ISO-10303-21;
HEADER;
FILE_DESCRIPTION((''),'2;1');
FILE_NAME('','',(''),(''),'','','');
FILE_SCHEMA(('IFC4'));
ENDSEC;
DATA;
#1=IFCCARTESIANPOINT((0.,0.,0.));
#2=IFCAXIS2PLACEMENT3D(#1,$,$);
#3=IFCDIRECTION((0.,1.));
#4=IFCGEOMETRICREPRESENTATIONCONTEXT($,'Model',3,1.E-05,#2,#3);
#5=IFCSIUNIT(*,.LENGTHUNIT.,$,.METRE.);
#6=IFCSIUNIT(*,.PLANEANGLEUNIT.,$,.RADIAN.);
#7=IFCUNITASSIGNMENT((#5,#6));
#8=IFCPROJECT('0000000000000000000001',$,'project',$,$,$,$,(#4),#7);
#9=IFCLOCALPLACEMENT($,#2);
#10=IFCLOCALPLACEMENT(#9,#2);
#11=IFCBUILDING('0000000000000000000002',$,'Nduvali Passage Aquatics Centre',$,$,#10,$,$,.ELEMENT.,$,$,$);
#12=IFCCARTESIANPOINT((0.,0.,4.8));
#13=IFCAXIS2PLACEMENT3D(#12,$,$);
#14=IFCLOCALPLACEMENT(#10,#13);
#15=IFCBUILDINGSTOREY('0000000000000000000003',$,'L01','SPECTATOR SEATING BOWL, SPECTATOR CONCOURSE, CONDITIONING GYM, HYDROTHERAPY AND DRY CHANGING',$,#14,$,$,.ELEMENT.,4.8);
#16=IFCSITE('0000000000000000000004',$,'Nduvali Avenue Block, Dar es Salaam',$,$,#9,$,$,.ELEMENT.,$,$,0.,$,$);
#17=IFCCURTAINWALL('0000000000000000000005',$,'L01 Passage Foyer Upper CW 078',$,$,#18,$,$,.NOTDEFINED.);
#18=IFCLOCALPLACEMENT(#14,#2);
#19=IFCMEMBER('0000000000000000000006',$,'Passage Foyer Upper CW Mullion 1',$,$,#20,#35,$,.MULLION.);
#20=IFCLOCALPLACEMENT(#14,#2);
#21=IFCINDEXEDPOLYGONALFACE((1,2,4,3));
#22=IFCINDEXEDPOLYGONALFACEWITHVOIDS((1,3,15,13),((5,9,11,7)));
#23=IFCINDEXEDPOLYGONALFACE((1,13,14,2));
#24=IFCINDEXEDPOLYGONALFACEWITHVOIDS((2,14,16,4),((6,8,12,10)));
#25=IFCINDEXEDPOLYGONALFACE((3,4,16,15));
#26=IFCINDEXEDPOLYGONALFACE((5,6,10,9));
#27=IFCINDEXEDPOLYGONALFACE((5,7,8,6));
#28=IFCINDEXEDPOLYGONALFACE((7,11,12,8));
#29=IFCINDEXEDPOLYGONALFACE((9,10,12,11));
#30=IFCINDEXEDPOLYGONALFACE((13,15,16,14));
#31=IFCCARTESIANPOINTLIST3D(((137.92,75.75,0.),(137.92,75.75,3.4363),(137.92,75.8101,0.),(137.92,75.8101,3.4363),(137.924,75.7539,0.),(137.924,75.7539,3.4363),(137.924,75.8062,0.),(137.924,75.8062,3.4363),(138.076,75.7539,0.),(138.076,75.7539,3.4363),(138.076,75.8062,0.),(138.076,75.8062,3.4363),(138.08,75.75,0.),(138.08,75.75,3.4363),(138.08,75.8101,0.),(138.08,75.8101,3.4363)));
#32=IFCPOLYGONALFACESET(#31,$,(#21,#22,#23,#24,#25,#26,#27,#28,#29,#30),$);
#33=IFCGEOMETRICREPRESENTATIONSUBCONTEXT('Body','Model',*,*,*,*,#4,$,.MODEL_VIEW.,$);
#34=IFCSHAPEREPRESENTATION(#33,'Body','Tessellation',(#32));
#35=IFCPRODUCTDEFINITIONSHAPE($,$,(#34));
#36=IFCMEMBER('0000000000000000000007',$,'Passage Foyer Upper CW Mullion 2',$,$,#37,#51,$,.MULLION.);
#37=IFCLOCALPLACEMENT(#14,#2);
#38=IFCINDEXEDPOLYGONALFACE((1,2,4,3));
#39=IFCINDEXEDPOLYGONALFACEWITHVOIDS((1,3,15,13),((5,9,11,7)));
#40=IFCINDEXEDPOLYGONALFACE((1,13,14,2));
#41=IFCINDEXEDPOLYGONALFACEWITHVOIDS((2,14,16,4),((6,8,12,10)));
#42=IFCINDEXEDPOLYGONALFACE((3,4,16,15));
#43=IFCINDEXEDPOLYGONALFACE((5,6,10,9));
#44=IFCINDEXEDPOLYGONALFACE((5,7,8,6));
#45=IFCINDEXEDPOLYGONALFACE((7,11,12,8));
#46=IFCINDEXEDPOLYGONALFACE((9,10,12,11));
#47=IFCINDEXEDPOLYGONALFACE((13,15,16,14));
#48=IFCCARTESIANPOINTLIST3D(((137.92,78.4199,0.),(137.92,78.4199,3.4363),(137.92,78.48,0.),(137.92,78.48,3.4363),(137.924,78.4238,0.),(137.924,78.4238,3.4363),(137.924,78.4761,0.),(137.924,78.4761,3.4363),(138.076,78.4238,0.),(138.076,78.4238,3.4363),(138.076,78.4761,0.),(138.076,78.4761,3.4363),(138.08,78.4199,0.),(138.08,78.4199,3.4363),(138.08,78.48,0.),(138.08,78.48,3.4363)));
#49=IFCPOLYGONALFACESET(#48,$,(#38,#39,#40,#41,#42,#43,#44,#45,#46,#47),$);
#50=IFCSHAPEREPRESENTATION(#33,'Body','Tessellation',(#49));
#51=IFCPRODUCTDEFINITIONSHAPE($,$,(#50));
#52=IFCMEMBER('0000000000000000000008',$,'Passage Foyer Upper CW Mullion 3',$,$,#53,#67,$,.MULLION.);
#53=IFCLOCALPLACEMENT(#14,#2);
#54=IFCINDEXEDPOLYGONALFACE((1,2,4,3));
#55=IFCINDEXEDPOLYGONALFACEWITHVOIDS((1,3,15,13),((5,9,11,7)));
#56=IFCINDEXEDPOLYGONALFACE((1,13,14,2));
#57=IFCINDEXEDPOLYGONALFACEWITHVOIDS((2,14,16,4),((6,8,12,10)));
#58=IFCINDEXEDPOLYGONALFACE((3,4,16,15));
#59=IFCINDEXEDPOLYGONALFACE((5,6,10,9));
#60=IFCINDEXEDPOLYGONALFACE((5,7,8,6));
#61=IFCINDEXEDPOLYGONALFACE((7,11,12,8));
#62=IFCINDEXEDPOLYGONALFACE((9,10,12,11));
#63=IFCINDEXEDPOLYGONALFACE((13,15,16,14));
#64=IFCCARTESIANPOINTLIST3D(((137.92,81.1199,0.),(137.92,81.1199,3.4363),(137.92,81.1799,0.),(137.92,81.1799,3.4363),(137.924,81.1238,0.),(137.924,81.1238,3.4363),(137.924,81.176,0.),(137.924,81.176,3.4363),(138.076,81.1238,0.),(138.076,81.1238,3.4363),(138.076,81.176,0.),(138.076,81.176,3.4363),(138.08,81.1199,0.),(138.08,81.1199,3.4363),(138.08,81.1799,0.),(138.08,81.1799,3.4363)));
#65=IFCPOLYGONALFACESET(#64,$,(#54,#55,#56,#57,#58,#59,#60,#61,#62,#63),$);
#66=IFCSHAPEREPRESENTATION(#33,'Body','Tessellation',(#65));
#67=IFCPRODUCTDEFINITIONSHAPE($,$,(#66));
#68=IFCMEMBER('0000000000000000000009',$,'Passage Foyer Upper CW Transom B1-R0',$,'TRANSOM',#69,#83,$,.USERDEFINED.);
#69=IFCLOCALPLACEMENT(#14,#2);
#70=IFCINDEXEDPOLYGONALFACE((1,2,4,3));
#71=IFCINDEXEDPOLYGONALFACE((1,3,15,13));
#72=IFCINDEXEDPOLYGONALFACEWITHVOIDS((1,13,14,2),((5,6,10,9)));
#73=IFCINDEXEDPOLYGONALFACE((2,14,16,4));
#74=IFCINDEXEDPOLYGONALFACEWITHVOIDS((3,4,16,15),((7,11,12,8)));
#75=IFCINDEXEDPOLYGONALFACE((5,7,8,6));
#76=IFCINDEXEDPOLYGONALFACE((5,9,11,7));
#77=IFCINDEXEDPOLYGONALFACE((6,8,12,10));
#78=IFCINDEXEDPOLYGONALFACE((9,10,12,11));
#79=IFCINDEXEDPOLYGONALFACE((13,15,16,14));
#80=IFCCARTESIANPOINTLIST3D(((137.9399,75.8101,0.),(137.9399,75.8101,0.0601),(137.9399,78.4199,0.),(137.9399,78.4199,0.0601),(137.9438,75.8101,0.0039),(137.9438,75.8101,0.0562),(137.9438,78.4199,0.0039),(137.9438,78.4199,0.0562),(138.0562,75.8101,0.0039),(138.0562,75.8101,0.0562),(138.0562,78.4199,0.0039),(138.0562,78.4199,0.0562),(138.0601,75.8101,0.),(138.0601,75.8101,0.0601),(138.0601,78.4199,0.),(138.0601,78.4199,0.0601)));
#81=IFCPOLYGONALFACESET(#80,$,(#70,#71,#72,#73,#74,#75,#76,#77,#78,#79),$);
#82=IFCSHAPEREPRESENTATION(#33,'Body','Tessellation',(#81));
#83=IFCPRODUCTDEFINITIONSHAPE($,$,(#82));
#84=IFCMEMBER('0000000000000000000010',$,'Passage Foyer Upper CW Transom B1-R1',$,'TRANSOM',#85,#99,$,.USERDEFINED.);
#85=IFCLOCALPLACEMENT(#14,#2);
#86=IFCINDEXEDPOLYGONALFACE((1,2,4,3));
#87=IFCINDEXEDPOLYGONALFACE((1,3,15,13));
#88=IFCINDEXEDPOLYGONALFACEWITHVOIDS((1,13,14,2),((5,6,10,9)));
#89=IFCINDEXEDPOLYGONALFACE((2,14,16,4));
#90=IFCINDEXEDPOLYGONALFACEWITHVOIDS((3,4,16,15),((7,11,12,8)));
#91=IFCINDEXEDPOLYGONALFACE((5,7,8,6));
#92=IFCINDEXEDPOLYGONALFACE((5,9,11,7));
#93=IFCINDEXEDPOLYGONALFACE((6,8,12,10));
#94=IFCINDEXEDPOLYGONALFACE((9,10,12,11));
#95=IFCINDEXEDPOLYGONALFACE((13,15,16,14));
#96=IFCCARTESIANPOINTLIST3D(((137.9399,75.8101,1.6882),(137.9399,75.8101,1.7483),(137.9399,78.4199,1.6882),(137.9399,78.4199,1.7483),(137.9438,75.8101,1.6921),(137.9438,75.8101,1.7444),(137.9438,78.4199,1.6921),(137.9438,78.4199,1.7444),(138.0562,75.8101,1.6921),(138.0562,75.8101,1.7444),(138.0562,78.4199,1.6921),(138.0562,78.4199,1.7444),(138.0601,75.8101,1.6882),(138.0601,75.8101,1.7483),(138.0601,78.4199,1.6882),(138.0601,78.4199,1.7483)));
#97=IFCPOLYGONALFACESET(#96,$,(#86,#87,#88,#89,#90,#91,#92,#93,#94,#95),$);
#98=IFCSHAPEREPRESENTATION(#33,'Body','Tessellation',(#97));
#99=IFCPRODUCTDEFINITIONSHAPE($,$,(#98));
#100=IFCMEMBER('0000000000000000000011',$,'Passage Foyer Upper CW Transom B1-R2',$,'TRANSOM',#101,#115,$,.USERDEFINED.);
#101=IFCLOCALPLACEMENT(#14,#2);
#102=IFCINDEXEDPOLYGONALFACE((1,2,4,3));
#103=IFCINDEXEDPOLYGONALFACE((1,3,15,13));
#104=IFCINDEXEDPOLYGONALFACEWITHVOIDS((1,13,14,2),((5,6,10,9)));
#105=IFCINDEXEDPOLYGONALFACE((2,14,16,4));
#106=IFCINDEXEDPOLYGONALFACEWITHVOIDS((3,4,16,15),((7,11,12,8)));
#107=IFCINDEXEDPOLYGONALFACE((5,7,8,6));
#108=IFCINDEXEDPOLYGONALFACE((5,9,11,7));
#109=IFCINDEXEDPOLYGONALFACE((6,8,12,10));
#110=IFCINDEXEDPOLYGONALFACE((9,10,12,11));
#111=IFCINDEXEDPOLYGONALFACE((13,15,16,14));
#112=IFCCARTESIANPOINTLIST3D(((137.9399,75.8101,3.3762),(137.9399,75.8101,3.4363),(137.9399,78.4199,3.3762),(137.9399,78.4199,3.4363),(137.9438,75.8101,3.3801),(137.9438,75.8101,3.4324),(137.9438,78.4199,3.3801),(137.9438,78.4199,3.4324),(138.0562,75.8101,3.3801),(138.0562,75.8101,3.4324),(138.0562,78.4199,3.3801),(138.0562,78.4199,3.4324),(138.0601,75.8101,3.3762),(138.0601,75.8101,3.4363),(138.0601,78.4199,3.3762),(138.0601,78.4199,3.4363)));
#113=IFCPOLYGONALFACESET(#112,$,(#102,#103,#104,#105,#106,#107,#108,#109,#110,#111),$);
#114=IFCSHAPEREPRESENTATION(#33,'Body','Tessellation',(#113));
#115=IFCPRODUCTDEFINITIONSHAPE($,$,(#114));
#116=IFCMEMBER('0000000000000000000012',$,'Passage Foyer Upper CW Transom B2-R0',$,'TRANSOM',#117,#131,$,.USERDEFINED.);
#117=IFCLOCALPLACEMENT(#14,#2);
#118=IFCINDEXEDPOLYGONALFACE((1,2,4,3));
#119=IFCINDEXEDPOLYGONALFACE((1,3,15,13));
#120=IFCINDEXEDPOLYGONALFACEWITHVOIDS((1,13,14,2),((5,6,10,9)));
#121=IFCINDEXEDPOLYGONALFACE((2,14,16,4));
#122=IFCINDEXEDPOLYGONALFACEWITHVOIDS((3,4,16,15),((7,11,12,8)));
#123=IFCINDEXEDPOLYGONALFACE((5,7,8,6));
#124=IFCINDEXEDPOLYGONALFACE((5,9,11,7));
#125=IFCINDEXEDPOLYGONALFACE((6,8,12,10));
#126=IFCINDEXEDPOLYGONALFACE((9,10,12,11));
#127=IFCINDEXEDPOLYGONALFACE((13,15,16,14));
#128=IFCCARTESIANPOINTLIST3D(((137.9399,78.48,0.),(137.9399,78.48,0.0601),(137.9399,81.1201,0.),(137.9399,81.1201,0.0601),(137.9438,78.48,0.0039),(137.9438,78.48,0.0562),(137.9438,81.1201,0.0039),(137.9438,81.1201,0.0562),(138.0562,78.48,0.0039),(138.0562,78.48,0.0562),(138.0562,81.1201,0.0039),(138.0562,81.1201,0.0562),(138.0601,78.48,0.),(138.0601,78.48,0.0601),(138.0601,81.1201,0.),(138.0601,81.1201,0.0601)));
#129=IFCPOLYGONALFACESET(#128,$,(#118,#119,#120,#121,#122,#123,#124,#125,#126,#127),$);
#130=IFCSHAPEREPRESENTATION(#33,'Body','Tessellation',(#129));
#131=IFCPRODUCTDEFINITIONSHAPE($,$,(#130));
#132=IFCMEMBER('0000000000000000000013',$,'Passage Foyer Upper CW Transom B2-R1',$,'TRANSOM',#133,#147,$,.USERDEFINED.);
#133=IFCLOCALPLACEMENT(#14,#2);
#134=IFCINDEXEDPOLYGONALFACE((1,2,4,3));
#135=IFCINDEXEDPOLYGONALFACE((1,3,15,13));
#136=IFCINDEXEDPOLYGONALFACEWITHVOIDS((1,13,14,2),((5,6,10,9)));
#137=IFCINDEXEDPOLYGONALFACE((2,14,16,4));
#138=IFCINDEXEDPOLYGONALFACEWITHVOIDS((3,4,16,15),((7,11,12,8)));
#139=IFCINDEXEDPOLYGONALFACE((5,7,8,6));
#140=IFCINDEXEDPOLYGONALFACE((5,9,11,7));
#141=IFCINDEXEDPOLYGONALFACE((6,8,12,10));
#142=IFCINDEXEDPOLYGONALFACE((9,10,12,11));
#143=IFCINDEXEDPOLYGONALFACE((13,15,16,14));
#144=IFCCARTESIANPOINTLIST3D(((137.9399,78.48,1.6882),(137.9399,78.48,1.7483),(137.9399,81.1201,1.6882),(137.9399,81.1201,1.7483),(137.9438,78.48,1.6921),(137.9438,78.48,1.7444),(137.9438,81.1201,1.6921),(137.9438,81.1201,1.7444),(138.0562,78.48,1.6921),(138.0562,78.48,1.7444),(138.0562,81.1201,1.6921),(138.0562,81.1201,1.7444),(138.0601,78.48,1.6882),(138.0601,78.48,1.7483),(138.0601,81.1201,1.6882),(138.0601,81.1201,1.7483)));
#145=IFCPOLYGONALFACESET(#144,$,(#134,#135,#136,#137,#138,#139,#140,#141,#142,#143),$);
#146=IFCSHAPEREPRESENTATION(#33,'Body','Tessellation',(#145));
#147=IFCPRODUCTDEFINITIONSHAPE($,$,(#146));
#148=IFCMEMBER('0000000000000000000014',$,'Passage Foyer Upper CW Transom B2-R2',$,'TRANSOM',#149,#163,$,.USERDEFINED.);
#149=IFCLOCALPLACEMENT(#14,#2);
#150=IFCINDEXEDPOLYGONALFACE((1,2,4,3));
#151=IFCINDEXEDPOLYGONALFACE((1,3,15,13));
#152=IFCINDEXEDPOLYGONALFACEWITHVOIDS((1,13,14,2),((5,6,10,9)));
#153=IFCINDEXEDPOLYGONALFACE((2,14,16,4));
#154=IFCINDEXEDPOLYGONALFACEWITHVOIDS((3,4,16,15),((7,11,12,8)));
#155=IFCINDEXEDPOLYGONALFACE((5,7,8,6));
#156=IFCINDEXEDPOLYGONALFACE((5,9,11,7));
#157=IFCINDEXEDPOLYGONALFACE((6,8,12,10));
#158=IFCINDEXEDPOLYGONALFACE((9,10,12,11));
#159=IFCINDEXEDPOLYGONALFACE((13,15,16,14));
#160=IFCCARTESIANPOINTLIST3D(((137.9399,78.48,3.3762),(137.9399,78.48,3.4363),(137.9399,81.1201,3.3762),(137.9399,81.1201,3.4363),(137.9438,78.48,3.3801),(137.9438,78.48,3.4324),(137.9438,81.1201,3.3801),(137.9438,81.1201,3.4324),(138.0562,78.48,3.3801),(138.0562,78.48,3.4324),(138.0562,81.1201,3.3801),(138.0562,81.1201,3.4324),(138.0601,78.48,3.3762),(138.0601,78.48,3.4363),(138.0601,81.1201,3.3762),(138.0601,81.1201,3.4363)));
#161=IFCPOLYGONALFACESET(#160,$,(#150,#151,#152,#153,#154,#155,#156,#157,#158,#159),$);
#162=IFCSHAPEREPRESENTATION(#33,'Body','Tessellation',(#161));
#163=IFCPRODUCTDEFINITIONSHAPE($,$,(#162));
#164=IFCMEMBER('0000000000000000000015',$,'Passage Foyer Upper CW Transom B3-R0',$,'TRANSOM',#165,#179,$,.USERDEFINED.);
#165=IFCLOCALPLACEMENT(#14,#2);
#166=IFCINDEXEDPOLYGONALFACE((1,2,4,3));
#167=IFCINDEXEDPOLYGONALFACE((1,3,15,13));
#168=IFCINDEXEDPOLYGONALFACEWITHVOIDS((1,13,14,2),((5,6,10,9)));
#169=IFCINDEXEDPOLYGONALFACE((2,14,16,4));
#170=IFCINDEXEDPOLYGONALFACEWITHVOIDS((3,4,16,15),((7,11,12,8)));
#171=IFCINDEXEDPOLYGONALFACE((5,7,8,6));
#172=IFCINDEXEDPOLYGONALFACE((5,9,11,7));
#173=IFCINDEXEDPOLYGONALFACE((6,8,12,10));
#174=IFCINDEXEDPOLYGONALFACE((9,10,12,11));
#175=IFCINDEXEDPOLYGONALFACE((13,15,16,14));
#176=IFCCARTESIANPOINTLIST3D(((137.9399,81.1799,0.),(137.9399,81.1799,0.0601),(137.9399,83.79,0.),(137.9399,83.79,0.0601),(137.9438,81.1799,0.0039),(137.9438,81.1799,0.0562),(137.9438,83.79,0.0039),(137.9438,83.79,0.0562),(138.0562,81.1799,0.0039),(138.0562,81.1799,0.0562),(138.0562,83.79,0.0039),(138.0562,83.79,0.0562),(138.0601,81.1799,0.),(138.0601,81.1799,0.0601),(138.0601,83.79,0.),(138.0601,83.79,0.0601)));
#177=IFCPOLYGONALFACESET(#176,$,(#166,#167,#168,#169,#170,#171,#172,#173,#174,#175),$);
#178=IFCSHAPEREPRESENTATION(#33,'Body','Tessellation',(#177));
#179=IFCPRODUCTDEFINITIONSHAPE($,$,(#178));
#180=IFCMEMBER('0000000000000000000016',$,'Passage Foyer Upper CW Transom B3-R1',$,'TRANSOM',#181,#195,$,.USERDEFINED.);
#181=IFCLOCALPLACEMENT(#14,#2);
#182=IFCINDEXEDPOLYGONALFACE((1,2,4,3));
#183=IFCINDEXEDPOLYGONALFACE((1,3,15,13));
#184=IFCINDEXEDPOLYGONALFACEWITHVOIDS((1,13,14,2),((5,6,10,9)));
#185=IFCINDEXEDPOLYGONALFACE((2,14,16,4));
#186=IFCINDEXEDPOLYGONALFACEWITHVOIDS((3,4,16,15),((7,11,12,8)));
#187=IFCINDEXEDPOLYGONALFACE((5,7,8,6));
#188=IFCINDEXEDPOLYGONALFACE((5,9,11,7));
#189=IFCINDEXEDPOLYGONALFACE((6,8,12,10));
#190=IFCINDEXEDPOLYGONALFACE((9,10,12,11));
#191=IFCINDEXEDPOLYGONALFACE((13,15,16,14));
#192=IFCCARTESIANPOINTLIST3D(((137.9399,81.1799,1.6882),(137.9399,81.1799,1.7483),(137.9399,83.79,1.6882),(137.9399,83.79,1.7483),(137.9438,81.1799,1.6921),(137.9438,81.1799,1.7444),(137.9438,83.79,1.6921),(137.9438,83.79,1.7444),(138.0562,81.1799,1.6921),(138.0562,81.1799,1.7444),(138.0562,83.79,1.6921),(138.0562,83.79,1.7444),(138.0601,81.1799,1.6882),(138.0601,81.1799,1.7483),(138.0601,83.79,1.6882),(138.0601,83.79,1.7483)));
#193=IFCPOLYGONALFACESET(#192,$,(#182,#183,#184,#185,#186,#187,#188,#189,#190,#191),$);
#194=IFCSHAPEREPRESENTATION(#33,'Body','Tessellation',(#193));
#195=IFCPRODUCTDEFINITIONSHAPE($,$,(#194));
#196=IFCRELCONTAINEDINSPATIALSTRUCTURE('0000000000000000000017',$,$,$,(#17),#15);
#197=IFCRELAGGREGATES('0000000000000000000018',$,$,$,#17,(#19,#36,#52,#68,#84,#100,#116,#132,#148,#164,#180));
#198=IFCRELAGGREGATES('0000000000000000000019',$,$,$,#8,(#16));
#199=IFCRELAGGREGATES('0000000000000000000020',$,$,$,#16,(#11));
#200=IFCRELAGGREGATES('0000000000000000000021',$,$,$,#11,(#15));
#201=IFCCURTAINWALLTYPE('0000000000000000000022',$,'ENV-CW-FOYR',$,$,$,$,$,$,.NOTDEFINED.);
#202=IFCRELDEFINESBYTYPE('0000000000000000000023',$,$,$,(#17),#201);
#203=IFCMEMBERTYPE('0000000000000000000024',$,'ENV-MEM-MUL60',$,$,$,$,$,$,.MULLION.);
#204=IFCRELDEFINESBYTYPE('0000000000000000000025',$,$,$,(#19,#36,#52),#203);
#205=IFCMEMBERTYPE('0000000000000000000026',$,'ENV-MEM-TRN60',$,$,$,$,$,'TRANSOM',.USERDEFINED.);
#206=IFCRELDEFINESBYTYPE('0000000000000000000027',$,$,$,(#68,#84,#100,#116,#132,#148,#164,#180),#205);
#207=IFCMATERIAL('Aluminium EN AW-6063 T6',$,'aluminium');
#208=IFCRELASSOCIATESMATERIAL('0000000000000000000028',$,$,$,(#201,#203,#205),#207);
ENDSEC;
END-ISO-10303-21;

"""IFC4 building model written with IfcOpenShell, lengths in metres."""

from ifc_helpers import new_model, si_unit, direction, frame, origin, origin_2d, place, context, subcontext, project, spatial, hollow_rectangle, extrude, material, material_profile, profile_set, type_object, element, aggregate, save


model = new_model("IFC4")

# Units and contexts
model_context = context("Model", 3, precision=1e-05, world=origin(), true_north=direction((0.0, 1.0)))
body_context = subcontext(model_context, "Body", "Model", "MODEL_VIEW")
ifc_project = project(units=[si_unit("LENGTHUNIT", "METRE"), si_unit("PLANEANGLEUNIT", "RADIAN")], contexts=[model_context])

# Site, building, storey
site_placement = place(None, origin())
site = spatial("IfcSite", under=ifc_project, at=site_placement, Name="Nduvali Avenue Block, Dar es Salaam", CompositionType="ELEMENT", RefElevation=0.0)
building_placement = place(site_placement, origin())
building = spatial("IfcBuilding", under=site, at=building_placement, Name="Nduvali Passage Aquatics Centre", CompositionType="ELEMENT")
storey_placement = place(building_placement, frame((0.0, 0.0, 4.8)))
storey = spatial("IfcBuildingStorey", under=building, at=storey_placement, Name="L01", Description="SPECTATOR SEATING BOWL, SPECTATOR CONCOURSE, CONDITIONING GYM, HYDROTHERAPY AND DRY CHANGING", CompositionType="ELEMENT", Elevation=4.8)

# Curtain wall, members
ifc_material_1 = material(Name="Aluminium EN AW-6063 T6", Category="aluminium")
curtain_wall_type = type_object("IfcCurtainWallType", Name="ENV-CW-FOYR", PredefinedType="NOTDEFINED", material=ifc_material_1)
curtain_wall_placement = place(storey_placement, origin())
curtain_wall = element("IfcCurtainWall", 1, at=curtain_wall_placement, inside=storey, type_object=curtain_wall_type, Name="L01 Passage Foyer Upper CW 078", PredefinedType="NOTDEFINED")
ifc_material_profile_1 = material_profile(ifc_material_1, hollow_rectangle(XDim=0.0601, YDim=0.1599, WallThickness=0.0039, at=origin_2d()), Name="ALU MULLION 60x160x4")
ifc_profile_set_1 = profile_set([ifc_material_profile_1], Name="Aluminium EN AW-6063 T6")
member_type_1 = type_object("IfcMemberType", Name="ENV-MEM-MUL60", PredefinedType="MULLION", material=ifc_profile_set_1)
member_1_placement = place(storey_placement, frame((138.0, 75.78, 0.0), z_axis=(0.0, 0.0, 1.0), x_axis=(0.0, 1.0, 0.0)))
member_1 = element("IfcMember", 2, at=member_1_placement, type_object=member_type_1, Name="Passage Foyer Upper CW Mullion 1", PredefinedType="MULLION", context=body_context, shape_type="SweptSolid", body=[
    extrude(hollow_rectangle(XDim=0.0601, YDim=0.1599, WallThickness=0.0039, at=origin_2d()), origin(), (0.0, 0.0, 1.0), 3.4363),
])
member_2_placement = place(storey_placement, frame((138.0, 78.45, 0.0), z_axis=(0.0, 0.0, 1.0), x_axis=(0.0, 1.0, 0.0)))
member_2 = element("IfcMember", 3, at=member_2_placement, type_object=member_type_1, Name="Passage Foyer Upper CW Mullion 2", PredefinedType="MULLION", context=body_context, shape_type="SweptSolid", body=[
    extrude(hollow_rectangle(XDim=0.0601, YDim=0.1599, WallThickness=0.0039, at=origin_2d()), origin(), (0.0, 0.0, 1.0), 3.4363),
])
member_3_placement = place(storey_placement, frame((138.0, 81.1499, 0.0), z_axis=(0.0, 0.0, 1.0), x_axis=(0.0, 1.0, 0.0)))
member_3 = element("IfcMember", 4, at=member_3_placement, type_object=member_type_1, Name="Passage Foyer Upper CW Mullion 3", PredefinedType="MULLION", context=body_context, shape_type="SweptSolid", body=[
    extrude(hollow_rectangle(XDim=0.0601, YDim=0.1599, WallThickness=0.0039, at=origin_2d()), origin(), (0.0, 0.0, 1.0), 3.4363),
])
ifc_material_profile_2 = material_profile(ifc_material_1, hollow_rectangle(XDim=0.1201, YDim=0.0601, WallThickness=0.0039, at=origin_2d()), Name="ALU TRANSOM 120x60x4")
ifc_profile_set_2 = profile_set([ifc_material_profile_2], Name="Aluminium EN AW-6063 T6")
member_type_2 = type_object("IfcMemberType", Name="ENV-MEM-TRN60", ElementType="TRANSOM", PredefinedType="USERDEFINED", material=ifc_profile_set_2)
member_4_placement = place(storey_placement, frame((138.0, 75.8101, 0.03), z_axis=(0.0, 1.0, 0.0), x_axis=(-1.0, 0.0, 0.0)))
member_4 = element("IfcMember", 5, at=member_4_placement, type_object=member_type_2, Name="Passage Foyer Upper CW Transom B1-R0", ObjectType="TRANSOM", PredefinedType="USERDEFINED", context=body_context, shape_type="SweptSolid", body=[
    extrude(hollow_rectangle(XDim=0.1201, YDim=0.0601, WallThickness=0.0039, at=origin_2d()), origin(), (0.0, 0.0, 1.0), 2.6099),
])
member_5_placement = place(storey_placement, frame((138.0, 75.8101, 1.7183), z_axis=(0.0, 1.0, 0.0), x_axis=(-1.0, 0.0, 0.0)))
member_5 = element("IfcMember", 6, at=member_5_placement, type_object=member_type_2, Name="Passage Foyer Upper CW Transom B1-R1", ObjectType="TRANSOM", PredefinedType="USERDEFINED", context=body_context, shape_type="SweptSolid", body=[
    extrude(hollow_rectangle(XDim=0.1201, YDim=0.0601, WallThickness=0.0039, at=origin_2d()), origin(), (0.0, 0.0, 1.0), 2.6099),
])
member_6_placement = place(storey_placement, frame((138.0, 75.8101, 3.4062), z_axis=(0.0, 1.0, 0.0), x_axis=(-1.0, 0.0, 0.0)))
member_6 = element("IfcMember", 7, at=member_6_placement, type_object=member_type_2, Name="Passage Foyer Upper CW Transom B1-R2", ObjectType="TRANSOM", PredefinedType="USERDEFINED", context=body_context, shape_type="SweptSolid", body=[
    extrude(hollow_rectangle(XDim=0.1201, YDim=0.0601, WallThickness=0.0039, at=origin_2d()), origin(), (0.0, 0.0, 1.0), 2.6099),
])
member_7_placement = place(storey_placement, frame((138.0, 78.48, 0.03), z_axis=(0.0, 1.0, 0.0), x_axis=(-1.0, 0.0, 0.0)))
member_7 = element("IfcMember", 8, at=member_7_placement, type_object=member_type_2, Name="Passage Foyer Upper CW Transom B2-R0", ObjectType="TRANSOM", PredefinedType="USERDEFINED", context=body_context, shape_type="SweptSolid", body=[
    extrude(hollow_rectangle(XDim=0.1201, YDim=0.0601, WallThickness=0.0039, at=origin_2d()), origin(), (0.0, 0.0, 1.0), 2.6401),
])
member_8_placement = place(storey_placement, frame((138.0, 78.48, 1.7183), z_axis=(0.0, 1.0, 0.0), x_axis=(-1.0, 0.0, 0.0)))
member_8 = element("IfcMember", 9, at=member_8_placement, type_object=member_type_2, Name="Passage Foyer Upper CW Transom B2-R1", ObjectType="TRANSOM", PredefinedType="USERDEFINED", context=body_context, shape_type="SweptSolid", body=[
    extrude(hollow_rectangle(XDim=0.1201, YDim=0.0601, WallThickness=0.0039, at=origin_2d()), origin(), (0.0, 0.0, 1.0), 2.6401),
])
member_9_placement = place(storey_placement, frame((138.0, 78.48, 3.4062), z_axis=(0.0, 1.0, 0.0), x_axis=(-1.0, 0.0, 0.0)))
member_9 = element("IfcMember", 10, at=member_9_placement, type_object=member_type_2, Name="Passage Foyer Upper CW Transom B2-R2", ObjectType="TRANSOM", PredefinedType="USERDEFINED", context=body_context, shape_type="SweptSolid", body=[
    extrude(hollow_rectangle(XDim=0.1201, YDim=0.0601, WallThickness=0.0039, at=origin_2d()), origin(), (0.0, 0.0, 1.0), 2.6401),
])
member_10_placement = place(storey_placement, frame((138.0, 81.1799, 0.03), z_axis=(0.0, 1.0, 0.0), x_axis=(-1.0, 0.0, 0.0)))
member_10 = element("IfcMember", 11, at=member_10_placement, type_object=member_type_2, Name="Passage Foyer Upper CW Transom B3-R0", ObjectType="TRANSOM", PredefinedType="USERDEFINED", context=body_context, shape_type="SweptSolid", body=[
    extrude(hollow_rectangle(XDim=0.1201, YDim=0.0601, WallThickness=0.0039, at=origin_2d()), origin(), (0.0, 0.0, 1.0), 2.6101),
])
member_11_placement = place(storey_placement, frame((138.0, 81.1799, 1.7183), z_axis=(0.0, 1.0, 0.0), x_axis=(-1.0, 0.0, 0.0)))
member_11 = element("IfcMember", 12, at=member_11_placement, type_object=member_type_2, Name="Passage Foyer Upper CW Transom B3-R1", ObjectType="TRANSOM", PredefinedType="USERDEFINED", context=body_context, shape_type="SweptSolid", body=[
    extrude(hollow_rectangle(XDim=0.1201, YDim=0.0601, WallThickness=0.0039, at=origin_2d()), origin(), (0.0, 0.0, 1.0), 2.6101),
])

aggregate(curtain_wall, [member_1, member_2, member_3, member_4, member_5, member_6, member_7, member_8, member_9, member_10, member_11])

save(model, "model.ifc")
